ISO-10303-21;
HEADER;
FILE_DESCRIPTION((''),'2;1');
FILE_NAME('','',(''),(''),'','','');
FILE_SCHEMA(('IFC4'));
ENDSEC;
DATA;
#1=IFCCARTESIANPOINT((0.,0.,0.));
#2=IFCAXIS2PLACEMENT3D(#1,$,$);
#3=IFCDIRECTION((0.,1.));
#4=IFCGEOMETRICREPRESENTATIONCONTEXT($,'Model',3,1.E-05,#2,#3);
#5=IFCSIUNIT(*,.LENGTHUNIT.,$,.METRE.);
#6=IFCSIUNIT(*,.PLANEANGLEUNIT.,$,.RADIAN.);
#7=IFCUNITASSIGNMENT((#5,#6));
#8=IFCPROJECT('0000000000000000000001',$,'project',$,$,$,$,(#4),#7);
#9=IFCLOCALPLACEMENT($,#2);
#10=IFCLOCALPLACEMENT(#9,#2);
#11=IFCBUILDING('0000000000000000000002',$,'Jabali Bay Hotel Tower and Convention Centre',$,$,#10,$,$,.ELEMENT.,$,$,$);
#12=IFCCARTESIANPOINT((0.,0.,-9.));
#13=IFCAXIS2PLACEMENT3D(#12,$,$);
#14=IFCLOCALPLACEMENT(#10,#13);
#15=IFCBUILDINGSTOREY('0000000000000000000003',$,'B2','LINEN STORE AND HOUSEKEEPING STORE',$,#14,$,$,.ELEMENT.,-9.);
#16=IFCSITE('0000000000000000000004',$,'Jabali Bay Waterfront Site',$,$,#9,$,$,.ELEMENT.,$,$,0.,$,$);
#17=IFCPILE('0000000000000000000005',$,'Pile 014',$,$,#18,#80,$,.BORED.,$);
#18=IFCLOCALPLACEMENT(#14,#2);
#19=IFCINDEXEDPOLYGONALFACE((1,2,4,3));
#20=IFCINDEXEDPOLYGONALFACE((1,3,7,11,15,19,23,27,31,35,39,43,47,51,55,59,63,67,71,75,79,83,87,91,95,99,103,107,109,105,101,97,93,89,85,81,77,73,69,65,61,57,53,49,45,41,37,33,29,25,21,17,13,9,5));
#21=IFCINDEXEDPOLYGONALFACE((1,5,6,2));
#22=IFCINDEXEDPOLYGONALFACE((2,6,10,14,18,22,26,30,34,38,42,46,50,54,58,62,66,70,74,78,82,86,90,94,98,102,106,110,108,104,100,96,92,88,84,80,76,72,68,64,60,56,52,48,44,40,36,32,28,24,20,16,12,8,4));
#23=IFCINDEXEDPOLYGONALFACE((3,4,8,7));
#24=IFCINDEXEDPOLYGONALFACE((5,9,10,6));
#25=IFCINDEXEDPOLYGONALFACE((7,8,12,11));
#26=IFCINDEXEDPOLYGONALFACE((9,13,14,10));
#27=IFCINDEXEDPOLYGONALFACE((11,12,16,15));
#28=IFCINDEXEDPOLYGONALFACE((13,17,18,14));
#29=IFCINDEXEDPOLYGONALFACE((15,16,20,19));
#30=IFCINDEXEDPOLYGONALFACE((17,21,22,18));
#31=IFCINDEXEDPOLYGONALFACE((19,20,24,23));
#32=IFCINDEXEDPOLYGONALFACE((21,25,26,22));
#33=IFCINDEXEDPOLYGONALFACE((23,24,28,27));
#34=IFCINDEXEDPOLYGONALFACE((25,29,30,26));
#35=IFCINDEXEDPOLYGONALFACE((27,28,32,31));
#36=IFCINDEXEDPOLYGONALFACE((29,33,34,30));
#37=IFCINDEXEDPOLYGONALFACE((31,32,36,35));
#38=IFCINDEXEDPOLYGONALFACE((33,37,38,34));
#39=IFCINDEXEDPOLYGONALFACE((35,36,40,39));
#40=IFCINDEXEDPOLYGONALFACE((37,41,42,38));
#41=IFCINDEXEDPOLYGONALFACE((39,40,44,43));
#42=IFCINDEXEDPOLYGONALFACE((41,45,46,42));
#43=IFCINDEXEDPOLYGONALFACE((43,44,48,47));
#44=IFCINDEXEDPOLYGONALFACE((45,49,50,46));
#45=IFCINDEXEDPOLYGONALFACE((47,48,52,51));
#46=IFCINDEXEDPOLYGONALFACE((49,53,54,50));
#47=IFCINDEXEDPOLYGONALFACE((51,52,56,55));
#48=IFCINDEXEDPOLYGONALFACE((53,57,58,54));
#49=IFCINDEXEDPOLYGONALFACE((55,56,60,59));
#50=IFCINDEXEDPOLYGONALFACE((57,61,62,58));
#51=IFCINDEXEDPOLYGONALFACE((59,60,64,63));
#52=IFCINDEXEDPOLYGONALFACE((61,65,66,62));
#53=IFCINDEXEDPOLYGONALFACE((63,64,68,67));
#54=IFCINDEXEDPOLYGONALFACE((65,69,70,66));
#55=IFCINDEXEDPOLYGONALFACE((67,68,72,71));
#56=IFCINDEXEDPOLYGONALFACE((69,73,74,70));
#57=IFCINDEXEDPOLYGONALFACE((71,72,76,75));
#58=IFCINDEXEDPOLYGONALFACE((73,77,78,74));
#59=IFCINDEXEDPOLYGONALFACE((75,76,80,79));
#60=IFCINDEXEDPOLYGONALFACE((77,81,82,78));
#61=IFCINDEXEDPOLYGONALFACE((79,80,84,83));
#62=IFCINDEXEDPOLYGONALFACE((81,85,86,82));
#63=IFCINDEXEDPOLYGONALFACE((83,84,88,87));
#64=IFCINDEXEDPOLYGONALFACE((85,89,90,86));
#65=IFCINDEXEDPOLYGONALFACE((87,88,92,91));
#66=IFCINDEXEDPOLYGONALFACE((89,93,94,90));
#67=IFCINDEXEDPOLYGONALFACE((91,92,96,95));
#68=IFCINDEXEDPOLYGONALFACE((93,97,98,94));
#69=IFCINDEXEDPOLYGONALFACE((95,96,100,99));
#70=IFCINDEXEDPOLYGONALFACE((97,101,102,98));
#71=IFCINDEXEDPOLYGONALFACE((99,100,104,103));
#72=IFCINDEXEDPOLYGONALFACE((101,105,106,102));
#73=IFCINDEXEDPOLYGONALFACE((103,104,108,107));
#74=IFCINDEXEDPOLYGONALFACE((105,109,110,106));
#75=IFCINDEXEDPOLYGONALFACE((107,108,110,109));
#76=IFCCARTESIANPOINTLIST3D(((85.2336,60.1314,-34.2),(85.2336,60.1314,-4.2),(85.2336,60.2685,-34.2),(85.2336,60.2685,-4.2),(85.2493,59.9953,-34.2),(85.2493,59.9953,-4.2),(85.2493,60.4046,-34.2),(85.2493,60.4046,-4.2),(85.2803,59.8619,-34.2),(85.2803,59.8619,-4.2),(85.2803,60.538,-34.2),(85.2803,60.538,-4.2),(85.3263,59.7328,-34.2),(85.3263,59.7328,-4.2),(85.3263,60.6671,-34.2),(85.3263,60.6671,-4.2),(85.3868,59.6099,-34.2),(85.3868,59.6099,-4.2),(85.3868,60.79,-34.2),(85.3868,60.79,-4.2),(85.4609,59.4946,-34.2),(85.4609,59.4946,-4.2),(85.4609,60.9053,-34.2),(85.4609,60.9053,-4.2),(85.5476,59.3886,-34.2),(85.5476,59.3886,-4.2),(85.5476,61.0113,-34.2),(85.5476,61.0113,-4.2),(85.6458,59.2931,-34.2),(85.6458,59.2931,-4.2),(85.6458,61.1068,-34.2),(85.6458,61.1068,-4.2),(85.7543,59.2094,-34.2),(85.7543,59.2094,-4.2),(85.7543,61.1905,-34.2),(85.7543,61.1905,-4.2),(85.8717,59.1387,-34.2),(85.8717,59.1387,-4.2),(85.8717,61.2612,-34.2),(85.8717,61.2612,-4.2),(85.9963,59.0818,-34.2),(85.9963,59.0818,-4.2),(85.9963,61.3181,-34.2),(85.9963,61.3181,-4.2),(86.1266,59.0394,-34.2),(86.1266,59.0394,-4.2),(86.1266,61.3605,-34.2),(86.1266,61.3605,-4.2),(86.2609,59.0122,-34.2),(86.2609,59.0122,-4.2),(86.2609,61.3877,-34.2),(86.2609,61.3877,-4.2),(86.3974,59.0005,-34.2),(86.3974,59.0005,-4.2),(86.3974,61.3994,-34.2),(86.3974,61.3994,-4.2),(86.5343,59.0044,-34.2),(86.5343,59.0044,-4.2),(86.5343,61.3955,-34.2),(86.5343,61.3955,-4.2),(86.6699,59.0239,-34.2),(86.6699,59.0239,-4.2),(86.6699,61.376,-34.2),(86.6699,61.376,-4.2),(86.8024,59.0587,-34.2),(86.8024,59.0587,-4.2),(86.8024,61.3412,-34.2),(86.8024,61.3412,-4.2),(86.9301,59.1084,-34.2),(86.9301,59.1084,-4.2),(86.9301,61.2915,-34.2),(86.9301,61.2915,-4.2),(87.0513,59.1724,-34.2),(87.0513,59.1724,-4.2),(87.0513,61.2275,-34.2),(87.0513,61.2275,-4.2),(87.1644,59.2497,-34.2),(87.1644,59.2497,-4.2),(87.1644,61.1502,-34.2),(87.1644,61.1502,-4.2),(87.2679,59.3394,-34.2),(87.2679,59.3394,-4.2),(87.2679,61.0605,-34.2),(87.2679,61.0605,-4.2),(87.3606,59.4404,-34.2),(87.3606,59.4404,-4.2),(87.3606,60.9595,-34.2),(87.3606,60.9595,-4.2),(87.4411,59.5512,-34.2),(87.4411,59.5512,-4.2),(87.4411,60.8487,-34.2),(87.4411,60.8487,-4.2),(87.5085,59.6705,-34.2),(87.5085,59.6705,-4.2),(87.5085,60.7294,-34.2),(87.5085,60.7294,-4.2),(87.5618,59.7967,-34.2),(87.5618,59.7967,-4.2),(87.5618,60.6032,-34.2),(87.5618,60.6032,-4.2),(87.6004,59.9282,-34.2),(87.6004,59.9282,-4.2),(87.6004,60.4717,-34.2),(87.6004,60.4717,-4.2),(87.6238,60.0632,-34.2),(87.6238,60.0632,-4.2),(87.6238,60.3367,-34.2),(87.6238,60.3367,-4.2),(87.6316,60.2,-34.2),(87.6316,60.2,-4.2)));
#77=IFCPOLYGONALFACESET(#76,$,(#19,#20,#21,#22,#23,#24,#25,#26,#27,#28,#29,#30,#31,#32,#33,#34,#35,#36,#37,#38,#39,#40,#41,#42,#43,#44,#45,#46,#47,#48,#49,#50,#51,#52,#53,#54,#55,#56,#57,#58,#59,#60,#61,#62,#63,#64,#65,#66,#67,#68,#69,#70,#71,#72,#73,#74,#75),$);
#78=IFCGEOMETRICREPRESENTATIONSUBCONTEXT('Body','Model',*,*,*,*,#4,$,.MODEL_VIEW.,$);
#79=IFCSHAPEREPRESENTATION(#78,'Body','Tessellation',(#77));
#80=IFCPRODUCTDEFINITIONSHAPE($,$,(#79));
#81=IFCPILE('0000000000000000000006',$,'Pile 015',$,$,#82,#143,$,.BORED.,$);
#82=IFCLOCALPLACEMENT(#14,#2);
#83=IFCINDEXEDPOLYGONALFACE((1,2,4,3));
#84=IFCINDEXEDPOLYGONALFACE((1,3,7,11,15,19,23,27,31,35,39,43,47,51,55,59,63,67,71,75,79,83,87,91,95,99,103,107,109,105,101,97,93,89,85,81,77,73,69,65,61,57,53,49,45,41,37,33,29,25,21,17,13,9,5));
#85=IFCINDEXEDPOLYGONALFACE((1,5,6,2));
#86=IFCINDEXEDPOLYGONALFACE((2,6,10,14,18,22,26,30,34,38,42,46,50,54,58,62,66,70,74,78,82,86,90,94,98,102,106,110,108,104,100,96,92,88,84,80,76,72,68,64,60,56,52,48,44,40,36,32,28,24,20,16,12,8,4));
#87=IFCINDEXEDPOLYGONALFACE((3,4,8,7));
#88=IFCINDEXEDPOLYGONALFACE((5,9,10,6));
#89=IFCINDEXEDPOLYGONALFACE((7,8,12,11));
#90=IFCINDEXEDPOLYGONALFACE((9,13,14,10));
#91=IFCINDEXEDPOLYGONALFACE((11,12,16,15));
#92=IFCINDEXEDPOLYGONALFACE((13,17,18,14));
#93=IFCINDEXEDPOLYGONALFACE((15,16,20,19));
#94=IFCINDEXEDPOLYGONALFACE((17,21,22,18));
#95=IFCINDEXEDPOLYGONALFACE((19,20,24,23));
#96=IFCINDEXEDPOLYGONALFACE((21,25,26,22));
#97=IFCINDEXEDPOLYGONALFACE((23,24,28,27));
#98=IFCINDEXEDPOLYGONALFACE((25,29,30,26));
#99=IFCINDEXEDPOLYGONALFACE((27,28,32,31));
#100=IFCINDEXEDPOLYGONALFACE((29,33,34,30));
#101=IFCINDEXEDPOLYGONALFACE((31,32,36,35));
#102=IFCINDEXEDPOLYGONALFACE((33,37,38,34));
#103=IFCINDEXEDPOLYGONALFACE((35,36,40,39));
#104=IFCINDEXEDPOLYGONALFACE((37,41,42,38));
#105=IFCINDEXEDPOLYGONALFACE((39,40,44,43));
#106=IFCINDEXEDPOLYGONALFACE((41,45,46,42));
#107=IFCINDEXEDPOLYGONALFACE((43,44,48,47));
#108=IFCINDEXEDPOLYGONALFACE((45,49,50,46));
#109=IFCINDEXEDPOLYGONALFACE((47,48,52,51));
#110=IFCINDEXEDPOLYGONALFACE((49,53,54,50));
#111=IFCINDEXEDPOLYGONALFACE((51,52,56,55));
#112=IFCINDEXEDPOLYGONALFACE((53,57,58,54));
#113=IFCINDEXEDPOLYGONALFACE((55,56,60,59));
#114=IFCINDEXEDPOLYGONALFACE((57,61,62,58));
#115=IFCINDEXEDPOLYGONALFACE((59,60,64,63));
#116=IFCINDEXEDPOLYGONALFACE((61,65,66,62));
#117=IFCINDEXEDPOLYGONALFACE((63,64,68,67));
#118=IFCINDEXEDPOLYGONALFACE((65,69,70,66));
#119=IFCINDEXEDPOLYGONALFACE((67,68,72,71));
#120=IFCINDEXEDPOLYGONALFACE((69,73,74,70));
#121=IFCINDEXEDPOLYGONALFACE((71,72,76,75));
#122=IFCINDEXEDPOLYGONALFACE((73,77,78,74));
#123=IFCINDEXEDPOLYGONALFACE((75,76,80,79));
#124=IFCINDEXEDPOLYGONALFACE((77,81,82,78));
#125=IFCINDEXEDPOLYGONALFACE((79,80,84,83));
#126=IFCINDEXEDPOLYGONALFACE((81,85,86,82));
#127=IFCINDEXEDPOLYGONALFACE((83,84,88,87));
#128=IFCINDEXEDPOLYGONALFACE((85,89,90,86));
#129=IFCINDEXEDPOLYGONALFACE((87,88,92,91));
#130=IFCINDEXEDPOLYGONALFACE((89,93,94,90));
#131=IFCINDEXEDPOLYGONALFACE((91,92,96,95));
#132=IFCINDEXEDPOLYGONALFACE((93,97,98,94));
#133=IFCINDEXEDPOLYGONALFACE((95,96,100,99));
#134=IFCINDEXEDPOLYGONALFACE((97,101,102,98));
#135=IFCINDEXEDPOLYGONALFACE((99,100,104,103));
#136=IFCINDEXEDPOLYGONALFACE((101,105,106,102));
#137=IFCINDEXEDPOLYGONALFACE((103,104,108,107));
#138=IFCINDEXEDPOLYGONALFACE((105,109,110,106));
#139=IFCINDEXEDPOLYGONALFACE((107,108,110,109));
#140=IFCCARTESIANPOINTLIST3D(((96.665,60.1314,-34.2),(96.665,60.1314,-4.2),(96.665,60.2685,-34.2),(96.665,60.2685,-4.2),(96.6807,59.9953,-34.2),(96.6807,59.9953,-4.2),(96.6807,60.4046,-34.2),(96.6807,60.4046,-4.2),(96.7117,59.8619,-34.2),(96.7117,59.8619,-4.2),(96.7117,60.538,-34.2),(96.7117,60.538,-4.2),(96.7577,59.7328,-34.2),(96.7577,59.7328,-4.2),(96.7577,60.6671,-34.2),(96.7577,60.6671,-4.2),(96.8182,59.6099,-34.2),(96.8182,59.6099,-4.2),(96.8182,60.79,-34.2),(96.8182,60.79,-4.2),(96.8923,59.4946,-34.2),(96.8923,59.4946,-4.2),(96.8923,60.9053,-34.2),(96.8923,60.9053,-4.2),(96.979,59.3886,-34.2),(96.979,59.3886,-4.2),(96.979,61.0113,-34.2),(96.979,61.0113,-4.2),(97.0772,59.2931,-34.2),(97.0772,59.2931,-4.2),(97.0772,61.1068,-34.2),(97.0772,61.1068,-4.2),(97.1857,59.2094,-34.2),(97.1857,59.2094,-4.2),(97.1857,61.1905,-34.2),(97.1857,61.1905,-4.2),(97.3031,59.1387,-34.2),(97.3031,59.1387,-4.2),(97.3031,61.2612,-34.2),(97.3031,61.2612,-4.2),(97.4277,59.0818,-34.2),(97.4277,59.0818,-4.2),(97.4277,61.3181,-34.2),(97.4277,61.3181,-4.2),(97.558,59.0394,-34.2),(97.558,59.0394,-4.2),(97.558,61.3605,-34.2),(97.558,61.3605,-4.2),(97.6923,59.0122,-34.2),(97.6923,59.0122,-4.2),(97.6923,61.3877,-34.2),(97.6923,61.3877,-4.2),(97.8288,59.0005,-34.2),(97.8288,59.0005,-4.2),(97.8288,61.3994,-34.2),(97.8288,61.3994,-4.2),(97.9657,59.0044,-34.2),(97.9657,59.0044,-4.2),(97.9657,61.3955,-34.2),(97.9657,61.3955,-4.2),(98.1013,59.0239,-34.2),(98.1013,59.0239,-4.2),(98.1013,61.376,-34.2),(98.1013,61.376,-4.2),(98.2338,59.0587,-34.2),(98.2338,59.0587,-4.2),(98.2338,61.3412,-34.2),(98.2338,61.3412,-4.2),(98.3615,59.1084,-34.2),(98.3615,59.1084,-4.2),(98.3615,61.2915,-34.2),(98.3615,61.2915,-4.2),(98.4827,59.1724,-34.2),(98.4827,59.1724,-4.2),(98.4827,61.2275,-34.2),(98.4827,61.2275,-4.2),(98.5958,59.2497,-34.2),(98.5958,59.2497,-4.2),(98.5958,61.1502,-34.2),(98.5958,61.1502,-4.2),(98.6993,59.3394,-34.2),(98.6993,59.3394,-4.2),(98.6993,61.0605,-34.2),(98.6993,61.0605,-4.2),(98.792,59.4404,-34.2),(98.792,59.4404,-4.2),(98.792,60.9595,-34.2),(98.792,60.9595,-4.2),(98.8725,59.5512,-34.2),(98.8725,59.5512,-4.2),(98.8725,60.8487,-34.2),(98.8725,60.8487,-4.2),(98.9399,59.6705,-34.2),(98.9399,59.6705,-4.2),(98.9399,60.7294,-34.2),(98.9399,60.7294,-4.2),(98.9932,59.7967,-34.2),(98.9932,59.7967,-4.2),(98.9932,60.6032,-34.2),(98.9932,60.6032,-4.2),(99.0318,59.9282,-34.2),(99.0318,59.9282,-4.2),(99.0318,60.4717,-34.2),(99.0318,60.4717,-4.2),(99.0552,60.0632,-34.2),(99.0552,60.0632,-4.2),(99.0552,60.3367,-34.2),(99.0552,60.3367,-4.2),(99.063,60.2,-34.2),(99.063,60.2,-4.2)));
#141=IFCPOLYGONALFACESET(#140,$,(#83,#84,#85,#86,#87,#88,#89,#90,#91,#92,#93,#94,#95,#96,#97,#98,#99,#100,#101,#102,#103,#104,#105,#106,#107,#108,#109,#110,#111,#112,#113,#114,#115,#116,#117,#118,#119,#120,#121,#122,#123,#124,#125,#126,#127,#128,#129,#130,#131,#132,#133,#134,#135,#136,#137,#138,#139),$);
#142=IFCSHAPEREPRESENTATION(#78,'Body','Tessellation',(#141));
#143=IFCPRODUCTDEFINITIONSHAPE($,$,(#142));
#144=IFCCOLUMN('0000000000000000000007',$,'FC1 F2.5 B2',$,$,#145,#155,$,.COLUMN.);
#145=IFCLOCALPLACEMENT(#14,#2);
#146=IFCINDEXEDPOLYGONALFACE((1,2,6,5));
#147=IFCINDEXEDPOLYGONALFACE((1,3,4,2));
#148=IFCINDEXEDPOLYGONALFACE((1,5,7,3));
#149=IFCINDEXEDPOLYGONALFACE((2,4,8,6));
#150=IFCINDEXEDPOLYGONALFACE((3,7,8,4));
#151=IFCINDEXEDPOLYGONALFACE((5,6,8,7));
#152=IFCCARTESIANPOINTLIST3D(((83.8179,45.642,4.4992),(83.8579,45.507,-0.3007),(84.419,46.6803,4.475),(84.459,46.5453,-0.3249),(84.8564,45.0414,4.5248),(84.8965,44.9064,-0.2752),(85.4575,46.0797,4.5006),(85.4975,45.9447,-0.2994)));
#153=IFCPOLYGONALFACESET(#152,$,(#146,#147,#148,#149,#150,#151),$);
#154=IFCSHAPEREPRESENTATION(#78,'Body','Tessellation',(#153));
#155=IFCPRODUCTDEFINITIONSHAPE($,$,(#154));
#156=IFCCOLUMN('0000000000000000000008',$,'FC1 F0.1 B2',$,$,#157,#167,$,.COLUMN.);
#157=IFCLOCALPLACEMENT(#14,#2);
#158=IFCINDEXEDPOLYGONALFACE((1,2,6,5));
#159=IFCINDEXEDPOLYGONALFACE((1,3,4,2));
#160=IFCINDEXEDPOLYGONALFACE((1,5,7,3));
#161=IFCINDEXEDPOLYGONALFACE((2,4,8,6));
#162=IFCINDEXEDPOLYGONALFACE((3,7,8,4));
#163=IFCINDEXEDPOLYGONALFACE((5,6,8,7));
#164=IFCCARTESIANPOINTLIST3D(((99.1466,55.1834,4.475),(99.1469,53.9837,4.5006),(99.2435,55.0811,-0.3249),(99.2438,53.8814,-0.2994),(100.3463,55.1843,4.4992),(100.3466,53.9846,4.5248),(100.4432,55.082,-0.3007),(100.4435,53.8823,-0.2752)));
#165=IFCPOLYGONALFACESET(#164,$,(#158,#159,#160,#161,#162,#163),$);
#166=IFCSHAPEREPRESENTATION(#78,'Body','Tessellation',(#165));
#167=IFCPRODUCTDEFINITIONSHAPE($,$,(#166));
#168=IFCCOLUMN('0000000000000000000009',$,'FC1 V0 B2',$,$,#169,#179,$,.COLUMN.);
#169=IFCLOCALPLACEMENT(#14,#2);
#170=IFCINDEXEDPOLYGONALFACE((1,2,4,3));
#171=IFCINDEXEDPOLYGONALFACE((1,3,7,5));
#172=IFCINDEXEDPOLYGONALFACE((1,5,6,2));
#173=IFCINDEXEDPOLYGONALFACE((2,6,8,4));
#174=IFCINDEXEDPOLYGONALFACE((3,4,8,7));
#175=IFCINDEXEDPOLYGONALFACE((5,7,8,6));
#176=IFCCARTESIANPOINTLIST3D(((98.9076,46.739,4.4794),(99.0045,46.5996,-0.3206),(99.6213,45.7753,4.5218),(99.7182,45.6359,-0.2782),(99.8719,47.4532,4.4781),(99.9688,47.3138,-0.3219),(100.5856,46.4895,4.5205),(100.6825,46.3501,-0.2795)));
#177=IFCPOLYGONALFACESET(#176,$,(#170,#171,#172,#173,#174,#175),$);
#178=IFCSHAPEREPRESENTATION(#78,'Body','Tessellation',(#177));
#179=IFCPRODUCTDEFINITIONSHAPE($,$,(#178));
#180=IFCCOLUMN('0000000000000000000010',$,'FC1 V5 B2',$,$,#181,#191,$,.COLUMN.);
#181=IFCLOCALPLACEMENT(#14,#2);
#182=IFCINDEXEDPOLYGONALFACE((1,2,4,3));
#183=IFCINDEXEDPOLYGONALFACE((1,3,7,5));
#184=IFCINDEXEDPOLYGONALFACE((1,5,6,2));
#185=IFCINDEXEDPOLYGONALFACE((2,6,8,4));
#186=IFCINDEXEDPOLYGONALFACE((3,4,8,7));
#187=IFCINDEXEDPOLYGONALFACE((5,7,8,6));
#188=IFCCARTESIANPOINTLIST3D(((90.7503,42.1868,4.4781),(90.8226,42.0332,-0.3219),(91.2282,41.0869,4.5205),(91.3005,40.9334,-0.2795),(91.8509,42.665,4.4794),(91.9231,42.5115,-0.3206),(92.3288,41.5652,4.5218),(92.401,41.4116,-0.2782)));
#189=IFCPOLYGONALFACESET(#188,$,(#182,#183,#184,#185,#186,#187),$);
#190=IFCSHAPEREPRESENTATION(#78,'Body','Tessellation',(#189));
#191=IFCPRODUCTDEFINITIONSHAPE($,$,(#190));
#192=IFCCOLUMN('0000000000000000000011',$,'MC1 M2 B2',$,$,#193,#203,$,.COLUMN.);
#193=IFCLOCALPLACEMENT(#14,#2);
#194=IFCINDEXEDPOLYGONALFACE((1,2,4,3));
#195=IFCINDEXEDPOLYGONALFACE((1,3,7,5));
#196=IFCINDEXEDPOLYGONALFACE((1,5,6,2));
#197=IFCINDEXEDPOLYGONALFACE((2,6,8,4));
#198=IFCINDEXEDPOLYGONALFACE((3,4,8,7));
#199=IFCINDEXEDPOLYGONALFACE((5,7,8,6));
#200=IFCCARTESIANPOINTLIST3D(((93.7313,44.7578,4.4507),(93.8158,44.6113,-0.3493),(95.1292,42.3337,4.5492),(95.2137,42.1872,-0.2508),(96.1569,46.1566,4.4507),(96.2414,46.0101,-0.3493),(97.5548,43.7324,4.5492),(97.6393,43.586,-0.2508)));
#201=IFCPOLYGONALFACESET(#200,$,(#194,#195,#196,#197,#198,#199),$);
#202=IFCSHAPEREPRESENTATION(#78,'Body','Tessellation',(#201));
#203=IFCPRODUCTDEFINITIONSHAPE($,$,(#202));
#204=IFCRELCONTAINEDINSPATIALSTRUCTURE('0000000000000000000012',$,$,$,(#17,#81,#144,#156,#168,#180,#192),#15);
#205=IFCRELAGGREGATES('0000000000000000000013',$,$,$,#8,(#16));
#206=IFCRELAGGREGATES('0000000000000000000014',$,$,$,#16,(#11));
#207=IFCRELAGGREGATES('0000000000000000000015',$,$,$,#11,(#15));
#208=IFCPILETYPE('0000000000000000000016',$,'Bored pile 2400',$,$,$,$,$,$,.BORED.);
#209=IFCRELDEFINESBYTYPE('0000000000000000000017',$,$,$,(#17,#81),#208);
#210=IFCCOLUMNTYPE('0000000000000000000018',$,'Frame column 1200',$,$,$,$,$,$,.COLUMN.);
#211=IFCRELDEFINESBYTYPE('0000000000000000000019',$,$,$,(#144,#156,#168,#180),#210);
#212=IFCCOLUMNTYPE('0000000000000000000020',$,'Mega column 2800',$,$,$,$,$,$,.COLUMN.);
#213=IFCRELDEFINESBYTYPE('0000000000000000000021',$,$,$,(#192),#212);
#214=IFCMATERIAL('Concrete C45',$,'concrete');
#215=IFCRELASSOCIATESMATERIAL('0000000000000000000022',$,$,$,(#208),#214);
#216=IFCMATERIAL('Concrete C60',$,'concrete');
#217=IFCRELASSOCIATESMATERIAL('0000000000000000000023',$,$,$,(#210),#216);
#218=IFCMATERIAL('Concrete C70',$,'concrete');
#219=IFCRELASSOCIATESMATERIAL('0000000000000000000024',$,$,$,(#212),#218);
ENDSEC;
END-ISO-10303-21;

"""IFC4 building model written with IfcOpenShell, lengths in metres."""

from ifc_helpers import new_model, si_unit, direction, frame, origin, origin_2d, place, context, subcontext, project, spatial, rectangle, circle, extrude, material, material_profile, profile_set, type_object, element, save


model = new_model("IFC4")

# Units and contexts
model_context = context("Model", 3, precision=1e-05, world=origin(), true_north=direction((0.0, 1.0)))
body_context = subcontext(model_context, "Body", "Model", "MODEL_VIEW")
ifc_project = project(units=[si_unit("LENGTHUNIT", "METRE"), si_unit("PLANEANGLEUNIT", "RADIAN")], contexts=[model_context])

# Site, building, storey
site_placement = place(None, origin())
site = spatial("IfcSite", under=ifc_project, at=site_placement, Name="Jabali Bay Waterfront Site", CompositionType="ELEMENT", RefElevation=0.0)
building_placement = place(site_placement, origin())
building = spatial("IfcBuilding", under=site, at=building_placement, Name="Jabali Bay Hotel Tower and Convention Centre", CompositionType="ELEMENT")
storey_placement = place(building_placement, frame((0.0, 0.0, -9.0)))
storey = spatial("IfcBuildingStorey", under=building, at=storey_placement, Name="B2", Description="LINEN STORE AND HOUSEKEEPING STORE", CompositionType="ELEMENT", Elevation=-9.0)

# Piles
ifc_material_1 = material(Name="Concrete C45", Category="concrete")
ifc_material_profile_1 = material_profile(ifc_material_1, circle(Radius=1.2, at=origin_2d()), Name="Bored pile 2400")
ifc_profile_set_1 = profile_set([ifc_material_profile_1], Name="Concrete C45")
pile_type = type_object("IfcPileType", Name="Bored pile 2400", PredefinedType="BORED", material=ifc_profile_set_1)
for number, where, z_axis, x_axis, name in (
    (1, (86.4316, 60.2, -4.2), (0.0, 0.0, -1.0), (1.0, 0.0, 0.0), "Pile 014"),
    (2, (97.863, 60.2, -4.2), (0.0, 0.0, -1.0), (1.0, 0.0, 0.0), "Pile 015"),
):
    element("IfcPile", number, at=place(storey_placement, frame(where, z_axis=z_axis, x_axis=x_axis)), inside=storey, type_object=pile_type, Name=name, PredefinedType="BORED", context=body_context, shape_type="SweptSolid", body=[
        extrude(circle(Radius=1.2, at=origin_2d()), origin(), (0.0, 0.0, 1.0), 30.0),
    ])

# Columns
ifc_material_2 = material(Name="Concrete C60", Category="concrete")
ifc_material_profile_2 = material_profile(ifc_material_2, rectangle(XDim=1.2, YDim=1.2, at=origin_2d()), Name="Frame column 1200")
ifc_profile_set_2 = profile_set([ifc_material_profile_2], Name="Concrete C60")
column_type_1 = type_object("IfcColumnType", Name="Frame column 1200", PredefinedType="COLUMN", material=ifc_profile_set_2)
for number, where, z_axis, x_axis, name in (
    (3, (84.6777, 45.7258, -0.3), (-0.008338, 0.028115, 0.99957), (-0.500914, -0.865262, 0.020159), "FC1 F2.5 B2"),
    (4, (99.8435, 54.4817, -0.3), (-0.020184, 0.021302, 0.999569), (0.000292, -0.999773, 0.021312), "FC1 F0.1 B2"),
):
    element("IfcColumn", number, at=place(storey_placement, frame(where, z_axis=z_axis, x_axis=x_axis)), inside=storey, type_object=column_type_1, Name=name, PredefinedType="COLUMN", context=body_context, shape_type="SweptSolid", body=[
        extrude(rectangle(XDim=1.2, YDim=1.2, at=origin_2d()), origin(), (0.0, 0.0, 1.0), 4.802),
    ])
for number, where, z_axis, x_axis, name in (
    (5, (99.8435, 46.4749, -0.3), (-0.02018, 0.029024, 0.999375), (-0.803615, -0.595148, 0.001058), "FC1 V0 B2"),
    (6, (91.6118, 41.7224, -0.3), (-0.015046, 0.031972, 0.999376), (0.398267, -0.916589, 0.03532), "FC1 V5 B2"),
):
    element("IfcColumn", number, at=place(storey_placement, frame(where, z_axis=z_axis, x_axis=x_axis)), inside=storey, type_object=column_type_1, Name=name, PredefinedType="COLUMN", context=body_context, shape_type="SweptSolid", body=[
        extrude(rectangle(XDim=1.2, YDim=1.2, at=origin_2d()), origin(), (0.0, 0.0, 1.0), 4.803),
    ])
ifc_material_3 = material(Name="Concrete C70", Category="concrete")
ifc_material_profile_3 = material_profile(ifc_material_3, rectangle(XDim=2.8, YDim=2.8, at=origin_2d()), Name="Mega column 2800")
ifc_profile_set_3 = profile_set([ifc_material_profile_3], Name="Concrete C70")
column_type_2 = type_object("IfcColumnType", Name="Mega column 2800", PredefinedType="COLUMN", material=ifc_profile_set_3)
column_placement = place(storey_placement, frame((95.7275, 44.0986, -0.3), z_axis=(-0.017587, 0.030498, 0.99938), x_axis=(0.499245, -0.865745, 0.035206)))
element("IfcColumn", 7, at=column_placement, inside=storey, type_object=column_type_2, Name="MC1 M2 B2", PredefinedType="COLUMN", context=body_context, shape_type="SweptSolid", body=[
    extrude(rectangle(XDim=2.8, YDim=2.8, at=origin_2d()), origin(), (0.0, 0.0, 1.0), 4.803),
])

save(model, "model.ifc")
